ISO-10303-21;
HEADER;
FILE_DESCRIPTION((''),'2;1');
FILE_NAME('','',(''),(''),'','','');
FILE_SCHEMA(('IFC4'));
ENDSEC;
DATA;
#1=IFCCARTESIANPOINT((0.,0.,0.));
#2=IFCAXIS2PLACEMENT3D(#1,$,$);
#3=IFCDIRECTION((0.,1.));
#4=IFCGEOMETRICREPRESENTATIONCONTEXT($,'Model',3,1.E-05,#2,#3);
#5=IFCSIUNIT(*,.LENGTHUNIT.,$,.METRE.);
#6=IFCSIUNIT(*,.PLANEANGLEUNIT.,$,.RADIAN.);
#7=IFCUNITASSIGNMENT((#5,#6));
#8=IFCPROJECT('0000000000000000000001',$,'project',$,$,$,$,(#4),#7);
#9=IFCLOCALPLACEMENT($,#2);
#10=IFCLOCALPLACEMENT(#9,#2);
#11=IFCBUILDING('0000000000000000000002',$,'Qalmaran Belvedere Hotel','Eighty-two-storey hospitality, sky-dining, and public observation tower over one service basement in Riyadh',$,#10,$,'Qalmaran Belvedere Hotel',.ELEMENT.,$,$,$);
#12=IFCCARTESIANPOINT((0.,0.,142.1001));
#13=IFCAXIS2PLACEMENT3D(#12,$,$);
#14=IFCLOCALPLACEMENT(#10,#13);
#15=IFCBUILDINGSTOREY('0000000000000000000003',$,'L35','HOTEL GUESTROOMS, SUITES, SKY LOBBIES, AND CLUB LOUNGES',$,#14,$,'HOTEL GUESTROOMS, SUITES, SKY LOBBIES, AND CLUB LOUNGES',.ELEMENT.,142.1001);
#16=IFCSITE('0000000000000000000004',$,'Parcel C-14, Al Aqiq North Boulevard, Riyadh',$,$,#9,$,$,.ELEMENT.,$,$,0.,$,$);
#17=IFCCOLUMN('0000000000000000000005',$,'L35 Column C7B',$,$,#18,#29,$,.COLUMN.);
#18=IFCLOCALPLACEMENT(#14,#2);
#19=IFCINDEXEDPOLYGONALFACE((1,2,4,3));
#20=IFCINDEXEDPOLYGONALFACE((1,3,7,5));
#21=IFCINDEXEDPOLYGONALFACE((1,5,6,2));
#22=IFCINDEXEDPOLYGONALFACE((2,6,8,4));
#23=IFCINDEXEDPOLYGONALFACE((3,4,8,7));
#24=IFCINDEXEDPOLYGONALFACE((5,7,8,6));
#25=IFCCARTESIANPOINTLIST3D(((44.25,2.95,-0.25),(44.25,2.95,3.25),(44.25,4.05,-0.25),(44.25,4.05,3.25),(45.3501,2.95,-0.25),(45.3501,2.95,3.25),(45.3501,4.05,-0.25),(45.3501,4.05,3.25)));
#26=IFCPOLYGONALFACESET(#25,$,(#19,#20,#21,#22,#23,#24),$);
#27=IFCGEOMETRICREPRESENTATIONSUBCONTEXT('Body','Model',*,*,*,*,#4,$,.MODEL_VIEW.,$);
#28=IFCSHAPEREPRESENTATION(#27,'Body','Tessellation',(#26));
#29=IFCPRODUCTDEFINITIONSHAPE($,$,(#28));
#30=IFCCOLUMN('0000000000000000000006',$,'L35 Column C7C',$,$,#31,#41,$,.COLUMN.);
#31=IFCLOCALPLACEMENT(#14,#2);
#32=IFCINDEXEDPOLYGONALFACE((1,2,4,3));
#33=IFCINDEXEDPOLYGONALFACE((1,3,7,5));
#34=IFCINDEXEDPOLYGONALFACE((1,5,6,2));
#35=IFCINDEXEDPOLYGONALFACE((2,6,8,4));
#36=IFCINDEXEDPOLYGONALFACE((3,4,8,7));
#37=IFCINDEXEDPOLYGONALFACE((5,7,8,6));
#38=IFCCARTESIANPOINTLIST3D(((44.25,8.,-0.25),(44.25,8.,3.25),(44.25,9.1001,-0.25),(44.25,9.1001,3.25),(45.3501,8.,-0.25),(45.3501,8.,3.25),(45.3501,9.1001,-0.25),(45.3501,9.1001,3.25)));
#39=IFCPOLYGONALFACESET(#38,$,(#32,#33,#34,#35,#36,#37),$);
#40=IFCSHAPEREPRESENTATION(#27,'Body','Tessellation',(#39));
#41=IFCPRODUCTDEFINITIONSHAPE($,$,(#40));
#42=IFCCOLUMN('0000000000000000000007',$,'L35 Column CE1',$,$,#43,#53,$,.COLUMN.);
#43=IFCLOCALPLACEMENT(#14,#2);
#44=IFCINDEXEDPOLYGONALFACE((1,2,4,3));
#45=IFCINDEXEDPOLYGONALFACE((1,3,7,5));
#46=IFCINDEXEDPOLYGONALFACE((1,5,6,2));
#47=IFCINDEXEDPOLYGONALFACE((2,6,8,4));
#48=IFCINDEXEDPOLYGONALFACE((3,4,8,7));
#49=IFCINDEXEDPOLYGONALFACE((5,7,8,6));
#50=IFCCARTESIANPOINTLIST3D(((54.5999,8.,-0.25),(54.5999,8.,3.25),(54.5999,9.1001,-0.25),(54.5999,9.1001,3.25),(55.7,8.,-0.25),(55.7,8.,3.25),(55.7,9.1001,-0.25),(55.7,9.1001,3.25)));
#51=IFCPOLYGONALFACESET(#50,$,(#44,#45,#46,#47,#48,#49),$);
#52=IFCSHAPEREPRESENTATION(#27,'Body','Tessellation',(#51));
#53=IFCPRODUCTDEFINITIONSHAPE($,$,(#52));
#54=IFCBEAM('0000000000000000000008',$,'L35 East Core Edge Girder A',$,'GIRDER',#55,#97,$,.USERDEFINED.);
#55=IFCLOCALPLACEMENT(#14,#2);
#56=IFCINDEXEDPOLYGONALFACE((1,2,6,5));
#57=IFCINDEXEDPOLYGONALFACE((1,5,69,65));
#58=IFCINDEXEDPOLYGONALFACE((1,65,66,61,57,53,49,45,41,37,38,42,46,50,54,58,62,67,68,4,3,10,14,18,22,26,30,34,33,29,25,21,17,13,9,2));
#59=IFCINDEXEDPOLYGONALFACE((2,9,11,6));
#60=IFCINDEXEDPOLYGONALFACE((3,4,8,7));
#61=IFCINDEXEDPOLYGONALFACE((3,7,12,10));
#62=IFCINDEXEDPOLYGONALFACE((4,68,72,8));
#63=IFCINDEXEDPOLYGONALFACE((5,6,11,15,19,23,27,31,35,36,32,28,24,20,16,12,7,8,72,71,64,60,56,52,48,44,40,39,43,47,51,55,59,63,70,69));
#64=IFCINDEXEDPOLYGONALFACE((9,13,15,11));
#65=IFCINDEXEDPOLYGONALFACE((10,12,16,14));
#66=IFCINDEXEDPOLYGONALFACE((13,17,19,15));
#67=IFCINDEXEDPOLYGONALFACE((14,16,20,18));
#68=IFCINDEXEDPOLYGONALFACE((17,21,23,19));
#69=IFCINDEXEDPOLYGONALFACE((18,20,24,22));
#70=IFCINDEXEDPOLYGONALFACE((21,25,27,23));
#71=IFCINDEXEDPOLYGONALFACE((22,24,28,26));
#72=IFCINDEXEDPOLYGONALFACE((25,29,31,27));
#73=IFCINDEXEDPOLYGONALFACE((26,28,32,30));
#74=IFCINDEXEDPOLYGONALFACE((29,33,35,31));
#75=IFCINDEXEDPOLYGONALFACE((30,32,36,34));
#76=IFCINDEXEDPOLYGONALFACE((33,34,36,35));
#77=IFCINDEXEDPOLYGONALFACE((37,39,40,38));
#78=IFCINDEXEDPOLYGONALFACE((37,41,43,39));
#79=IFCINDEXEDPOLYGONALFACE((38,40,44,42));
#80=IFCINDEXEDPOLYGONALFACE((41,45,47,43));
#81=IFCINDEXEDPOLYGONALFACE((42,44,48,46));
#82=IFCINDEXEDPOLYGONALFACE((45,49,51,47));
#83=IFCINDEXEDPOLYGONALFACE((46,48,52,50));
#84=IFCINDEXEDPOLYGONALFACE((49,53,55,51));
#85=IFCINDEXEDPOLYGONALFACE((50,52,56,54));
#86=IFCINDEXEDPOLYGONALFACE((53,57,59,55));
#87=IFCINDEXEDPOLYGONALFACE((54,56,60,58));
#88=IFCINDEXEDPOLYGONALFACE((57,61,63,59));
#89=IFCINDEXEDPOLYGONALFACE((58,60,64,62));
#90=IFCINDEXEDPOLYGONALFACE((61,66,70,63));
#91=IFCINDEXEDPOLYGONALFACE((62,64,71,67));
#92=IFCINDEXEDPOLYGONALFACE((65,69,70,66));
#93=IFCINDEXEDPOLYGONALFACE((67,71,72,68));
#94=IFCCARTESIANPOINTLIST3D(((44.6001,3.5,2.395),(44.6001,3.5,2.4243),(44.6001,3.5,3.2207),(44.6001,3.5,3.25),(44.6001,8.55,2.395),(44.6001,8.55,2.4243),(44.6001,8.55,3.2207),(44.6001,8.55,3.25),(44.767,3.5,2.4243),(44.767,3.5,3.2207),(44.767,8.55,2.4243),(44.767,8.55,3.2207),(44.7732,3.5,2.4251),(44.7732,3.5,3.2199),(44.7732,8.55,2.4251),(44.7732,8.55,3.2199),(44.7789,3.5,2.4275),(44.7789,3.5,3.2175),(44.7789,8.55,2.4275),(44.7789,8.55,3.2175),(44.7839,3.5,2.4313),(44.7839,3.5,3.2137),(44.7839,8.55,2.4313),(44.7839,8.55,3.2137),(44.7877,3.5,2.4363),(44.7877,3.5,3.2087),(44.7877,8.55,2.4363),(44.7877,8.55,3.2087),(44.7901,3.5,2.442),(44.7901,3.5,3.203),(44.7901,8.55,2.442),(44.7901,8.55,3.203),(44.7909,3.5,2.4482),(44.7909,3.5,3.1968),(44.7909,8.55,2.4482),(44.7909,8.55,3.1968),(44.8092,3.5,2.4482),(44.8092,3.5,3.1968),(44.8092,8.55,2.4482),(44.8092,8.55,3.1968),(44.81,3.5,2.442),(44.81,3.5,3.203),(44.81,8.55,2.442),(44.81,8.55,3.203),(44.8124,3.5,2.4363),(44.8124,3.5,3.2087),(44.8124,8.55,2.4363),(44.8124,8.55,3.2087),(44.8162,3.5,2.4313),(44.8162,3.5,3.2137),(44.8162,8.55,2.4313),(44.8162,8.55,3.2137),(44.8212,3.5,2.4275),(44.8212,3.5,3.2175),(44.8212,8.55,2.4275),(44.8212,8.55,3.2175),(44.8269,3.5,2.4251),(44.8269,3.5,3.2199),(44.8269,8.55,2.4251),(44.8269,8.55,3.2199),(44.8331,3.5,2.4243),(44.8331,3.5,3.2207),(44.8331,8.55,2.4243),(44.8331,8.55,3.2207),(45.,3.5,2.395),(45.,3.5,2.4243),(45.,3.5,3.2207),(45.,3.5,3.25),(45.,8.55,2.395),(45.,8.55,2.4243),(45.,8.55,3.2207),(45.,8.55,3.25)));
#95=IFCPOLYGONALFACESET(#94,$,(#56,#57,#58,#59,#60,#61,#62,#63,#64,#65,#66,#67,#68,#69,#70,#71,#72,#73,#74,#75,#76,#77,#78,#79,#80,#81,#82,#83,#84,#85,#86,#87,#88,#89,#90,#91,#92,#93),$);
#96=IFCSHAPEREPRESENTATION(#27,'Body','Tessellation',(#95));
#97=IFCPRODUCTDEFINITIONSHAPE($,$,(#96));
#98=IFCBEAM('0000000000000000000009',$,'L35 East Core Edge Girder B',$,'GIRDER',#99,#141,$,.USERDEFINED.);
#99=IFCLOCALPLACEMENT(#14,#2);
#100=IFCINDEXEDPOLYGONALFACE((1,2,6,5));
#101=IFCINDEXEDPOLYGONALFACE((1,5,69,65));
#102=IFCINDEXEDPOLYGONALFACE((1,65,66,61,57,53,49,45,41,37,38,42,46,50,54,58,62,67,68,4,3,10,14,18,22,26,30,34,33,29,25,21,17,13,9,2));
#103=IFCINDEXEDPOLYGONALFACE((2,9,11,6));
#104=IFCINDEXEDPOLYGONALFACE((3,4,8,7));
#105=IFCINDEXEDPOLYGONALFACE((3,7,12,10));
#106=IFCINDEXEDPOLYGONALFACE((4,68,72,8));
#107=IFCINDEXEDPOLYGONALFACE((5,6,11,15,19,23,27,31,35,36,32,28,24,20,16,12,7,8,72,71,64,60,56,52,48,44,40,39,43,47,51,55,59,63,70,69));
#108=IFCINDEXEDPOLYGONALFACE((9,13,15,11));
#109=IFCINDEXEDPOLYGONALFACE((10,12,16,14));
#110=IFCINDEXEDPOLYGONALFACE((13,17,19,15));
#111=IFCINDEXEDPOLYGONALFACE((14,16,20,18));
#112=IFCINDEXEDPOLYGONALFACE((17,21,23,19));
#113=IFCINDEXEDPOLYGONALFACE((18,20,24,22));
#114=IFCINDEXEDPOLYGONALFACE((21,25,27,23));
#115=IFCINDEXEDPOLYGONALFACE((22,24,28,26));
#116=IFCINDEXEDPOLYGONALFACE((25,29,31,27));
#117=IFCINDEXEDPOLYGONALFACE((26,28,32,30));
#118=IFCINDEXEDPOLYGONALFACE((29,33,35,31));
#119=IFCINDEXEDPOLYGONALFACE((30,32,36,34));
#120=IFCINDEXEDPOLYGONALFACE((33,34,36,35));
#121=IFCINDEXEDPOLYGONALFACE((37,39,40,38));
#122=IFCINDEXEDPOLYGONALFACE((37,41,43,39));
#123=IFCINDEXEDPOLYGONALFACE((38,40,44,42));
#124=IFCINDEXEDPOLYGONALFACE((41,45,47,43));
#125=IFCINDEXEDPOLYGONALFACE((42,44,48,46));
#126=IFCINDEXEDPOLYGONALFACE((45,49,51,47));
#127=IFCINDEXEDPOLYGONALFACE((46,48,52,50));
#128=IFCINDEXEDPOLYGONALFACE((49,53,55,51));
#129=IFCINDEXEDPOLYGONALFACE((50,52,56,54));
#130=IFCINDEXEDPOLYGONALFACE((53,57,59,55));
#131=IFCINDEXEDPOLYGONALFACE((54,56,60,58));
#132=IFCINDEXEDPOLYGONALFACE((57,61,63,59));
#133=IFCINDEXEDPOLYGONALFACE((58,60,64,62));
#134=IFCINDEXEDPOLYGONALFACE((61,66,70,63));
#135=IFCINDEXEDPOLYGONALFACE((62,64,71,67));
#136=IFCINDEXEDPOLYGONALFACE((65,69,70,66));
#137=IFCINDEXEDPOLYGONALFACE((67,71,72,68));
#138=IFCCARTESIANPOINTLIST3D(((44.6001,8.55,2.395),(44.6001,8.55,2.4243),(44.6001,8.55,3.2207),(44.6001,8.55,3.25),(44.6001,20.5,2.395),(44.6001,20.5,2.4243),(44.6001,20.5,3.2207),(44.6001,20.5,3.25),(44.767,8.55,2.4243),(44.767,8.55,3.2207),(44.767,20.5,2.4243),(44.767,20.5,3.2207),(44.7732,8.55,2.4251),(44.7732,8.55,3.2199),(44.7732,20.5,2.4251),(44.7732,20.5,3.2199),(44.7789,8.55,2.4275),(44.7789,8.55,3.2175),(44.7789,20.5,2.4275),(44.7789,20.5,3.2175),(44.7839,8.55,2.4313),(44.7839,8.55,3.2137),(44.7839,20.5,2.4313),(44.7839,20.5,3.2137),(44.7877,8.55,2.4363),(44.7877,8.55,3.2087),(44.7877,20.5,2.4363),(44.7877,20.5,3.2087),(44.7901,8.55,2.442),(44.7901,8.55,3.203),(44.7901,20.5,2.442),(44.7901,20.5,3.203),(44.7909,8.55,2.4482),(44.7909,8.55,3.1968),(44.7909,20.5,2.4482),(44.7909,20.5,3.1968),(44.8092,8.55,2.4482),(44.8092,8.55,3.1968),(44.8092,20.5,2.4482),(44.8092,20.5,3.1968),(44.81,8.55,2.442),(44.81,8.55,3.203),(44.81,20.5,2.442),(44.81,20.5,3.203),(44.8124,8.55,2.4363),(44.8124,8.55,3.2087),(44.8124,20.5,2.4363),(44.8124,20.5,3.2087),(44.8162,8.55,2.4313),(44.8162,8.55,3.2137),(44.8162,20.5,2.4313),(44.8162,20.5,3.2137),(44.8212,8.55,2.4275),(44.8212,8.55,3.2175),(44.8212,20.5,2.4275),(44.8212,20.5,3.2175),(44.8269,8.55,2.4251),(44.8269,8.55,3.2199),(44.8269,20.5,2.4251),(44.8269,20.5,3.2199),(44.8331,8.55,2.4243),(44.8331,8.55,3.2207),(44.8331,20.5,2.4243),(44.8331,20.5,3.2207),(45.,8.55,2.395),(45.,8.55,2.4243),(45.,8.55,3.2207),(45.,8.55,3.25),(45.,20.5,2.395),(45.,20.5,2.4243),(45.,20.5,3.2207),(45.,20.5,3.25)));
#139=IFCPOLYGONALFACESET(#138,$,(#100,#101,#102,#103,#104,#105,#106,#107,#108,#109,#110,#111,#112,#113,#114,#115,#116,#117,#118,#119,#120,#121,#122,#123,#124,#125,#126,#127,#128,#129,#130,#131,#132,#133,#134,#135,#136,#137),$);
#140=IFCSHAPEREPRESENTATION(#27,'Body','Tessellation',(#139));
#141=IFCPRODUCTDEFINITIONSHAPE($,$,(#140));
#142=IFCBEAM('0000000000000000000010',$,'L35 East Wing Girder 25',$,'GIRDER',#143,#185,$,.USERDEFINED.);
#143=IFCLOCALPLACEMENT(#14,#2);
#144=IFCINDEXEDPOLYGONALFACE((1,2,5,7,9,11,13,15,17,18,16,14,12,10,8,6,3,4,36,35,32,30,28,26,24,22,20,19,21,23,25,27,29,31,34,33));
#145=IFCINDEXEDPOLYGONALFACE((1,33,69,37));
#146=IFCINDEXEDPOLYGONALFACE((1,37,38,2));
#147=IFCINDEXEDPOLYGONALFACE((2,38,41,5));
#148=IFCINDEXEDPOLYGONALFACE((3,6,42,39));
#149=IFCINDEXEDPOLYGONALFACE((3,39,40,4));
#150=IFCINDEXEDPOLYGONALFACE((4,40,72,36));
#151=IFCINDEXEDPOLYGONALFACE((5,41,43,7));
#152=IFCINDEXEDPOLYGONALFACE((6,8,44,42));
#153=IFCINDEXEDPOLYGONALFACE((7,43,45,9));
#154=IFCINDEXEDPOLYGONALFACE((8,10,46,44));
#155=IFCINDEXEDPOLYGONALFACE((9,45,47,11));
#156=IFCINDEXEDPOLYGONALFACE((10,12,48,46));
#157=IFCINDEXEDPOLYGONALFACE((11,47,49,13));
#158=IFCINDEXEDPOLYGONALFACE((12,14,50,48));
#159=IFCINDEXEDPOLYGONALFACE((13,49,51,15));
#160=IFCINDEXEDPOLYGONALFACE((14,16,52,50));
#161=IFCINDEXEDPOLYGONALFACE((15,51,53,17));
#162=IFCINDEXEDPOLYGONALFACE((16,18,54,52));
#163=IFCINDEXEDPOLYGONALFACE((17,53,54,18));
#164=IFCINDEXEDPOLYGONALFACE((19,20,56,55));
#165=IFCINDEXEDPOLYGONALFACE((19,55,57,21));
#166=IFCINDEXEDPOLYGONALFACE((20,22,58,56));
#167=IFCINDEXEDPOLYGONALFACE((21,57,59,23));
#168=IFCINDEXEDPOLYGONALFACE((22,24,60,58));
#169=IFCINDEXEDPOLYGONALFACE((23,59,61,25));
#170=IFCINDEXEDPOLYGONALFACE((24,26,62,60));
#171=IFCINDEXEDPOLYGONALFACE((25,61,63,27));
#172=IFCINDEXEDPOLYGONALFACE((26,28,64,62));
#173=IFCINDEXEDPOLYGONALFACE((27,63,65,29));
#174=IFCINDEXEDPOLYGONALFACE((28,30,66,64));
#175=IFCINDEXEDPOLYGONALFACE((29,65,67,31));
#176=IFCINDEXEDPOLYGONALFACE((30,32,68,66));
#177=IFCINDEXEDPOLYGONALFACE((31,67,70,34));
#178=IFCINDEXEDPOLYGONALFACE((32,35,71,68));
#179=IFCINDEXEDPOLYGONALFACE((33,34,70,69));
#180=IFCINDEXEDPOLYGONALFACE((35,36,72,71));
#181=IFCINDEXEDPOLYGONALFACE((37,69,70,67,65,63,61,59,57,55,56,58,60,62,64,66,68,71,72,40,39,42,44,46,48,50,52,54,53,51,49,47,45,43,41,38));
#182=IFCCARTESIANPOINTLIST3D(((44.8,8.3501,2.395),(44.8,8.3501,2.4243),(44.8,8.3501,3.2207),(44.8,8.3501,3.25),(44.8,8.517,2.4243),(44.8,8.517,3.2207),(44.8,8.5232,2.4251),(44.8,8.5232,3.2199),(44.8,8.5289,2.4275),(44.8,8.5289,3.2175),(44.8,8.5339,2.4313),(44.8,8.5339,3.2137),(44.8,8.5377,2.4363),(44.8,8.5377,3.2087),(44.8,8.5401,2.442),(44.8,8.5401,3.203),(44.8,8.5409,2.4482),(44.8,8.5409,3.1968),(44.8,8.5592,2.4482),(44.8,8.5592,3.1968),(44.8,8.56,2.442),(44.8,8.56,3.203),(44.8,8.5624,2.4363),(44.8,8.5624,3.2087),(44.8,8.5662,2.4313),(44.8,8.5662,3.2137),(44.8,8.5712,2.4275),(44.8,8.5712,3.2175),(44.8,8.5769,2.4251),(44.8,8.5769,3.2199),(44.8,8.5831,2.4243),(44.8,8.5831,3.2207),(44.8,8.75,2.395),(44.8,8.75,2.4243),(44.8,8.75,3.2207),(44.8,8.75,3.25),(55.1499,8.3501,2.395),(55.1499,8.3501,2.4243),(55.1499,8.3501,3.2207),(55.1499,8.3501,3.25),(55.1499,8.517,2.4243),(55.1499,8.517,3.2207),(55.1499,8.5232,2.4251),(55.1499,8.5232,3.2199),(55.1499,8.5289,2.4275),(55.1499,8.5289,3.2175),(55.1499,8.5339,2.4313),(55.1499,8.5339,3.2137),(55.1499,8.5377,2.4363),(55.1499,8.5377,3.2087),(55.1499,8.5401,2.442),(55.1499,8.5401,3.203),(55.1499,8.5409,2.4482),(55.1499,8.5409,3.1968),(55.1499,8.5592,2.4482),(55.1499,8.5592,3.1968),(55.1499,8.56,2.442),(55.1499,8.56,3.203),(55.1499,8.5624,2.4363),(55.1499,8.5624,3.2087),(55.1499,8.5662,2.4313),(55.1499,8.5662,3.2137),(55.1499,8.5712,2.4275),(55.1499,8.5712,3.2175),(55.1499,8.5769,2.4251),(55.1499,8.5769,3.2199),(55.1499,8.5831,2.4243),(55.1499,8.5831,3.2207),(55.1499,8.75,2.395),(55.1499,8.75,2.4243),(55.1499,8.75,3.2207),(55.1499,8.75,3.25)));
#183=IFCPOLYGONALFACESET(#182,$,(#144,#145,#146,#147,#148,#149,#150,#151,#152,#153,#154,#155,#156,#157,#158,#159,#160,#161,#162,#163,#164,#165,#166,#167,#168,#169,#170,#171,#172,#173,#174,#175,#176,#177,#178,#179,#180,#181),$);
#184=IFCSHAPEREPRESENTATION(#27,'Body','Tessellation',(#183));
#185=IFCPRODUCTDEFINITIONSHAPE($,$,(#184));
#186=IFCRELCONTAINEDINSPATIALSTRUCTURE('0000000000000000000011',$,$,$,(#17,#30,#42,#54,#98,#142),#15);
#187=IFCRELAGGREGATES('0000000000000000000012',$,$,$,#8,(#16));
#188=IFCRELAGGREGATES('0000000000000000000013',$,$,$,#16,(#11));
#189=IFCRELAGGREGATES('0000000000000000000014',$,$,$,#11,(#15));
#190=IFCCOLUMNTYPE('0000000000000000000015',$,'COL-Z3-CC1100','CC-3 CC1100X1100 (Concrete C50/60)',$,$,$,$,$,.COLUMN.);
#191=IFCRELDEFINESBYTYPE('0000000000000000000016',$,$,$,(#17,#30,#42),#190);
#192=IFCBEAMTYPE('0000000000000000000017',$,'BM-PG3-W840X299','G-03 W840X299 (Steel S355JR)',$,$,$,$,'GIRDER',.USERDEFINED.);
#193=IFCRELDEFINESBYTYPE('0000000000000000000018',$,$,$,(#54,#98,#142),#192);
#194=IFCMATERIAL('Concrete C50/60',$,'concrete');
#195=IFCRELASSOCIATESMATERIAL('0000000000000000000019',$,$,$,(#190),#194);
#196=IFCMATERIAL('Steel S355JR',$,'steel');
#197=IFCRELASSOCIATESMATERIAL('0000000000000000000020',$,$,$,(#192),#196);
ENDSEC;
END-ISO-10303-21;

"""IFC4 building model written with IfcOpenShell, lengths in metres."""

from ifc_helpers import new_model, si_unit, direction, frame, origin, origin_2d, place, context, subcontext, project, spatial, rectangle, i_section, extrude, material, material_profile, profile_set, type_object, element, save


model = new_model("IFC4")

# Units and contexts
model_context = context("Model", 3, precision=1e-05, world=origin(), true_north=direction((0.0, 1.0)))
body_context = subcontext(model_context, "Body", "Model", "MODEL_VIEW")
ifc_project = project(units=[si_unit("LENGTHUNIT", "METRE"), si_unit("PLANEANGLEUNIT", "RADIAN")], contexts=[model_context])

# Site, building, storey
site_placement = place(None, origin())
site = spatial("IfcSite", under=ifc_project, at=site_placement, Name="Parcel C-14, Al Aqiq North Boulevard, Riyadh", CompositionType="ELEMENT", RefElevation=0.0)
building_placement = place(site_placement, origin())
building = spatial("IfcBuilding", under=site, at=building_placement, Name="Qalmaran Belvedere Hotel", Description="Eighty-two-storey hospitality, sky-dining, and public observation tower over one service basement in Riyadh", LongName="Qalmaran Belvedere Hotel", CompositionType="ELEMENT")
storey_placement = place(building_placement, frame((0.0, 0.0, 142.1001)))
storey = spatial("IfcBuildingStorey", under=building, at=storey_placement, Name="L35", Description="HOTEL GUESTROOMS, SUITES, SKY LOBBIES, AND CLUB LOUNGES", LongName="HOTEL GUESTROOMS, SUITES, SKY LOBBIES, AND CLUB LOUNGES", CompositionType="ELEMENT", Elevation=142.1001)

# Columns
ifc_material_1 = material(Name="Concrete C50/60", Category="concrete")
ifc_material_profile_1 = material_profile(ifc_material_1, rectangle(XDim=1.1001, YDim=1.1001, at=origin_2d()), Name="CC1100X1100")
ifc_profile_set_1 = profile_set([ifc_material_profile_1], Name="Concrete C50/60")
column_type = type_object("IfcColumnType", Name="COL-Z3-CC1100", Description="CC-3 CC1100X1100 (Concrete C50/60)", PredefinedType="COLUMN", material=ifc_profile_set_1)
for number, where, z_axis, x_axis, name in (
    (1, (44.8, 3.5, -0.25), (0.0, 0.0, 1.0), (1.0, 0.0, 0.0), "L35 Column C7B"),
    (2, (44.8, 8.55, -0.25), (0.0, 0.0, 1.0), (1.0, 0.0, 0.0), "L35 Column C7C"),
    (3, (55.1499, 8.55, -0.25), (0.0, 0.0, 1.0), (1.0, 0.0, 0.0), "L35 Column CE1"),
):
    element("IfcColumn", number, at=place(storey_placement, frame(where, z_axis=z_axis, x_axis=x_axis)), inside=storey, type_object=column_type, Name=name, PredefinedType="COLUMN", context=body_context, shape_type="SweptSolid", body=[
        extrude(rectangle(XDim=1.1001, YDim=1.1001, at=origin_2d()), origin(), (0.0, 0.0, 1.0), 3.5),
    ])

# Beams
ifc_material_2 = material(Name="Steel S355JR", Category="steel")
ifc_material_profile_2 = material_profile(ifc_material_2, i_section(OverallWidth=0.3999, OverallDepth=0.855, WebThickness=0.0183, FlangeThickness=0.0293, FilletRadius=0.0239, at=origin_2d()), Name="W840X299")
ifc_profile_set_2 = profile_set([ifc_material_profile_2], Name="Steel S355JR")
beam_type_1 = type_object("IfcBeamType", Name="BM-PG3-W840X299", Description="G-03 W840X299 (Steel S355JR)", ElementType="GIRDER", PredefinedType="USERDEFINED", material=ifc_profile_set_2)
beam_1_placement = place(storey_placement, frame((44.8, 3.5, 2.8225), z_axis=(0.0, 1.0, 0.0), x_axis=(-1.0, 0.0, 0.0)))
element("IfcBeam", 4, at=beam_1_placement, inside=storey, type_object=beam_type_1, Name="L35 East Core Edge Girder A", ObjectType="GIRDER", PredefinedType="USERDEFINED", context=body_context, shape_type="SweptSolid", body=[
    extrude(i_section(OverallWidth=0.3999, OverallDepth=0.855, WebThickness=0.0183, FlangeThickness=0.0293, FilletRadius=0.0239, at=origin_2d()), origin(), (0.0, 0.0, 1.0), 5.05),
])
beam_2_placement = place(storey_placement, frame((44.8, 8.55, 2.8225), z_axis=(0.0, 1.0, 0.0), x_axis=(-1.0, 0.0, 0.0)))
element("IfcBeam", 5, at=beam_2_placement, inside=storey, type_object=beam_type_1, Name="L35 East Core Edge Girder B", ObjectType="GIRDER", PredefinedType="USERDEFINED", context=body_context, shape_type="SweptSolid", body=[
    extrude(i_section(OverallWidth=0.3999, OverallDepth=0.855, WebThickness=0.0183, FlangeThickness=0.0293, FilletRadius=0.0239, at=origin_2d()), origin(), (0.0, 0.0, 1.0), 11.95),
])
beam_3_placement = place(storey_placement, frame((44.8, 8.55, 2.8225), z_axis=(1.0, 0.0, 0.0), x_axis=(0.0, 1.0, 0.0)))
element("IfcBeam", 6, at=beam_3_placement, inside=storey, type_object=beam_type_1, Name="L35 East Wing Girder 25", ObjectType="GIRDER", PredefinedType="USERDEFINED", context=body_context, shape_type="SweptSolid", body=[
    extrude(i_section(OverallWidth=0.3999, OverallDepth=0.855, WebThickness=0.0183, FlangeThickness=0.0293, FilletRadius=0.0239, at=origin_2d()), origin(), (0.0, 0.0, 1.0), 10.3499),
])

save(model, "model.ifc")
